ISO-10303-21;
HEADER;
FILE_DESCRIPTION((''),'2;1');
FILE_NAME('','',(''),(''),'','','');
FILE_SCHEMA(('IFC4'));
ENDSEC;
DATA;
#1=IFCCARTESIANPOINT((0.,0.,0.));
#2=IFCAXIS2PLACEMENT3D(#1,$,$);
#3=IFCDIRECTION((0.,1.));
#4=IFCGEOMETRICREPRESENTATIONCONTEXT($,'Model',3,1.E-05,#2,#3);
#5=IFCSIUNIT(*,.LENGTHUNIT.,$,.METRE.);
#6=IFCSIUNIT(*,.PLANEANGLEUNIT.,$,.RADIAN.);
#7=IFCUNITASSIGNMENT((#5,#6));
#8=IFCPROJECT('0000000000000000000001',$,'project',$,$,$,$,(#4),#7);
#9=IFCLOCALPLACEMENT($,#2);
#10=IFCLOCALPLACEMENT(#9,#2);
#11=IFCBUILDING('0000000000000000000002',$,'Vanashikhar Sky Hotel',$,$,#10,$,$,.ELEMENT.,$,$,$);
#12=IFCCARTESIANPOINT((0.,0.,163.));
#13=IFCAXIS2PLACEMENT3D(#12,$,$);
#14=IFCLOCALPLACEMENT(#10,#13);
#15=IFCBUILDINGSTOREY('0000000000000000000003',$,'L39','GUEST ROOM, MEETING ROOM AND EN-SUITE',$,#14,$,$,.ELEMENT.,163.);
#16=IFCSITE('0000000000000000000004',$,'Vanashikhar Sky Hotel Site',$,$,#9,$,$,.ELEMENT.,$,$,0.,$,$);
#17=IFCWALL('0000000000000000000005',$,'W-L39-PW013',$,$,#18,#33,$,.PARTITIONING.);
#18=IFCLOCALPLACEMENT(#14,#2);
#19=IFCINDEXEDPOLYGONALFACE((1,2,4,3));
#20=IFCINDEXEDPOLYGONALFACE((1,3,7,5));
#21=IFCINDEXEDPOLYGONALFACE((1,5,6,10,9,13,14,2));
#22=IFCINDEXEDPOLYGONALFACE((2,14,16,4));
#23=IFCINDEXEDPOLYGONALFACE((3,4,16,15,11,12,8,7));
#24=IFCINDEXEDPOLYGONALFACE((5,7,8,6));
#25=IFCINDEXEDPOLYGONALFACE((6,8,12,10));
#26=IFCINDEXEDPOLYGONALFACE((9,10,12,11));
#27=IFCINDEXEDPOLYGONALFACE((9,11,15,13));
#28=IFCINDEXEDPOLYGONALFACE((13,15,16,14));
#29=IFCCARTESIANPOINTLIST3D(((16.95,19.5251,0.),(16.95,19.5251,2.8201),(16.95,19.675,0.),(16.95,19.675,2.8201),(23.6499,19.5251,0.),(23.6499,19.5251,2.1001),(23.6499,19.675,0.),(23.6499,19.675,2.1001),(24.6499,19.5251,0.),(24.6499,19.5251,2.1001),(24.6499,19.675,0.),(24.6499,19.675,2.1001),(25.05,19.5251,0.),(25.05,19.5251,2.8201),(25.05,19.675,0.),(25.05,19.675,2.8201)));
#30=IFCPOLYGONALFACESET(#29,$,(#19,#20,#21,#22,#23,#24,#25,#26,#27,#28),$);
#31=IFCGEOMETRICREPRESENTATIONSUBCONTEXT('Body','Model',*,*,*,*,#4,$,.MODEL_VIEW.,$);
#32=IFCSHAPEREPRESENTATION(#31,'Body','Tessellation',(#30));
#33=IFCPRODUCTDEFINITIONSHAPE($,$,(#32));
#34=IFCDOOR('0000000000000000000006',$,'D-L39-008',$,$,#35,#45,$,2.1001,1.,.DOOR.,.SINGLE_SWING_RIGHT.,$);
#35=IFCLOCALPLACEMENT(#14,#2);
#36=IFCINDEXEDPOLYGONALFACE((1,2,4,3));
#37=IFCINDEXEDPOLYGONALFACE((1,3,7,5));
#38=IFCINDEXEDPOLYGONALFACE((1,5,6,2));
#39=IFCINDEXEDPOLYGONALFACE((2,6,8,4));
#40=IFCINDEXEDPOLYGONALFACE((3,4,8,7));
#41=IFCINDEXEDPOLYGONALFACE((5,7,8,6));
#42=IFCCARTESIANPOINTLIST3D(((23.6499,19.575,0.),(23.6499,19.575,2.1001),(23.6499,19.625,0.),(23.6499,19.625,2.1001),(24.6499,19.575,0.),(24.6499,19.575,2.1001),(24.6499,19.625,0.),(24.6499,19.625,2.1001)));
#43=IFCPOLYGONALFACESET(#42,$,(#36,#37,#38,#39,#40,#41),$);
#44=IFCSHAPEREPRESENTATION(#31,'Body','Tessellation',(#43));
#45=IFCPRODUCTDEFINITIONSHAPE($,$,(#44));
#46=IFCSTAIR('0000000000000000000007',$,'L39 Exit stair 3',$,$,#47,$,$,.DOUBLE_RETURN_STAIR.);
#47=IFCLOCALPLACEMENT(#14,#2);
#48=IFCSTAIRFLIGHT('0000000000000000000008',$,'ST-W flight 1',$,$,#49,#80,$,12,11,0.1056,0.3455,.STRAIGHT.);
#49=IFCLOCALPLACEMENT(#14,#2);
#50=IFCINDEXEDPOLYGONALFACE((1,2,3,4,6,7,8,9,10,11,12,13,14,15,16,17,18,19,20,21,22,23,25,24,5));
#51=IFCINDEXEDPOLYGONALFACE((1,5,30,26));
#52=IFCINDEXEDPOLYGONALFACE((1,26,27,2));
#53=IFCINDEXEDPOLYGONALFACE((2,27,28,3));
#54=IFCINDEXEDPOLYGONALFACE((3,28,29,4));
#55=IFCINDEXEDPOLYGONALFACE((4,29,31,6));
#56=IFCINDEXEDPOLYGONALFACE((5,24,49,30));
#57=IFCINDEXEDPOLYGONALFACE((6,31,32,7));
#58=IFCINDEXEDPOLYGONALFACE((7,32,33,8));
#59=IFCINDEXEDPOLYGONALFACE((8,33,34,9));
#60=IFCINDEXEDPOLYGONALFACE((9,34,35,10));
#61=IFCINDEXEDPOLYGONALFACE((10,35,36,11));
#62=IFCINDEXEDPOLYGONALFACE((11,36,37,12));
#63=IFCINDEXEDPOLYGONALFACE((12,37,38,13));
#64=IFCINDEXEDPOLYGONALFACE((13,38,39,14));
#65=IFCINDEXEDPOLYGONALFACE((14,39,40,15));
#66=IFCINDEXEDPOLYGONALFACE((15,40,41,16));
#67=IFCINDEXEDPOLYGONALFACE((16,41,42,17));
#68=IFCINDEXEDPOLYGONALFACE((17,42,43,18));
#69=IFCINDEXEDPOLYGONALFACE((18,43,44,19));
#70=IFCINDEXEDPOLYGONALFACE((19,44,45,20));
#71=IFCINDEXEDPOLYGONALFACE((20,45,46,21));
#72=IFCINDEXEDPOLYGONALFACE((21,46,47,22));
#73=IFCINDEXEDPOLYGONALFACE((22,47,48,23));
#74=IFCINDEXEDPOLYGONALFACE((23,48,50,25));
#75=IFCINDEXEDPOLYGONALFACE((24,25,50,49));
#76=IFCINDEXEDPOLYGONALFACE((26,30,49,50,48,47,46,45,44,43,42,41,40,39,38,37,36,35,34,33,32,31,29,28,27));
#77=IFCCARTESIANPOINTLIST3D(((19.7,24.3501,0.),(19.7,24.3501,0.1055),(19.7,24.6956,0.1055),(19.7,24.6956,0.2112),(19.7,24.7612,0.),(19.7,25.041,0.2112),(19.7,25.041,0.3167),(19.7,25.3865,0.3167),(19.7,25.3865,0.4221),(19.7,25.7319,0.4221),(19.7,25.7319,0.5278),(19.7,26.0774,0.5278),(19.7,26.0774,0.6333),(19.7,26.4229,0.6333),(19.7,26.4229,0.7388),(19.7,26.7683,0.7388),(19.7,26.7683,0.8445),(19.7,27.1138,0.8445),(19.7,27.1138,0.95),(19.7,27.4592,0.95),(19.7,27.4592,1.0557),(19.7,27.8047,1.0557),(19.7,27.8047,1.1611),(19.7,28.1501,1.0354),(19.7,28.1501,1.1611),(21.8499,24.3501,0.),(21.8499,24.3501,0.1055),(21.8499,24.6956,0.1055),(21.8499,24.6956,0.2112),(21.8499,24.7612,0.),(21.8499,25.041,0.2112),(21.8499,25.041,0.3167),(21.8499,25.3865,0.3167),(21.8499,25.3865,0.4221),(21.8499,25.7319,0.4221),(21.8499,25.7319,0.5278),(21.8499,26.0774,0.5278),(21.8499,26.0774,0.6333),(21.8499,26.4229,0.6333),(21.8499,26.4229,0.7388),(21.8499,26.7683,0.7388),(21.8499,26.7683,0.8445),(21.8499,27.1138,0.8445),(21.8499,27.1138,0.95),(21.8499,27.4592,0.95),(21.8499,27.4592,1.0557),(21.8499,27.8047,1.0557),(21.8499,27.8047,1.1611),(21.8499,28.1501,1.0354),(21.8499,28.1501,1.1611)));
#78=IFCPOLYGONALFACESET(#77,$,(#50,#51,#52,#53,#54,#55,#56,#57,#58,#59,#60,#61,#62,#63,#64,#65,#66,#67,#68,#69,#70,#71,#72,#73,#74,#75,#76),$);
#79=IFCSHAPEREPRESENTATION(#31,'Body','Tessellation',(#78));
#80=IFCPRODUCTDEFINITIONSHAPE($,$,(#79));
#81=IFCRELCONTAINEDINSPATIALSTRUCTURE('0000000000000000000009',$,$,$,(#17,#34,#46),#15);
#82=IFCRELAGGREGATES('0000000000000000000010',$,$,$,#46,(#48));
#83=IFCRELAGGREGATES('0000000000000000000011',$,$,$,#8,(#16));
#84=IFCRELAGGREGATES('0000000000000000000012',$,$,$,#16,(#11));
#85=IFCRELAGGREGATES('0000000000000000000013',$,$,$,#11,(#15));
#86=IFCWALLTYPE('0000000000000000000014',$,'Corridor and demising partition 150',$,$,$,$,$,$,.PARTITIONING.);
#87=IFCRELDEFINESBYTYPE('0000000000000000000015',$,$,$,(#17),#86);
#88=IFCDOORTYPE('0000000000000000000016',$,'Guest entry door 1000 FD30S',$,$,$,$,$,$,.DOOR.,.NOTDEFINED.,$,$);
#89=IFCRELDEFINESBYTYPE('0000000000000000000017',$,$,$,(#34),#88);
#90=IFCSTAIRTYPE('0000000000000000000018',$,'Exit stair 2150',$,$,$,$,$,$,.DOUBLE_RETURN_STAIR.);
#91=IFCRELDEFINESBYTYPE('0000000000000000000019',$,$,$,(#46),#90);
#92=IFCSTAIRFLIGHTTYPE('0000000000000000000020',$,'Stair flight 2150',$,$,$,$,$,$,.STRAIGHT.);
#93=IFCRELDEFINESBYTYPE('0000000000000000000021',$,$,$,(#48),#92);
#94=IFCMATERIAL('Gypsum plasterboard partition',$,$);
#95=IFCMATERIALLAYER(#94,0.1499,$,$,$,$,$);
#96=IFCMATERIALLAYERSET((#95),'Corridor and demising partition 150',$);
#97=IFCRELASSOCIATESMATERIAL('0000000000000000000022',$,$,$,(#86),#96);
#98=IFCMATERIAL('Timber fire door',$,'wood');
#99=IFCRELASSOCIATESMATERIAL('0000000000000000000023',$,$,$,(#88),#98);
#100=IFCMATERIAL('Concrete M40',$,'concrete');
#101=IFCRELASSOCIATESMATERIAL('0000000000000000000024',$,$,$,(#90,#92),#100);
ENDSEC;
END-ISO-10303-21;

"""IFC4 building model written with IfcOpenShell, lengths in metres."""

from ifc_helpers import new_model, si_unit, direction, frame, frame_2d, origin, place, context, subcontext, project, spatial, polyline, rectangle, outline, extrude, source, transform, mapped, material, layer, layer_set, type_object, element, fill, aggregate, save


model = new_model("IFC4")

# Units and contexts
model_context = context("Model", 3, precision=1e-05, world=origin(), true_north=direction((0.0, 1.0)))
body_context = subcontext(model_context, "Body", "Model", "MODEL_VIEW")
ifc_project = project(units=[si_unit("LENGTHUNIT", "METRE"), si_unit("PLANEANGLEUNIT", "RADIAN")], contexts=[model_context])

# Site, building, storey
site_placement = place(None, origin())
site = spatial("IfcSite", under=ifc_project, at=site_placement, Name="Vanashikhar Sky Hotel Site", CompositionType="ELEMENT", RefElevation=0.0)
building_placement = place(site_placement, origin())
building = spatial("IfcBuilding", under=site, at=building_placement, Name="Vanashikhar Sky Hotel", CompositionType="ELEMENT")
storey_placement = place(building_placement, frame((0.0, 0.0, 163.0)))
storey = spatial("IfcBuildingStorey", under=building, at=storey_placement, Name="L39", Description="GUEST ROOM, MEETING ROOM AND EN-SUITE", CompositionType="ELEMENT", Elevation=163.0)

# Shared definitions
ifc_material_1 = material(Name="Gypsum plasterboard partition")

# Wall, opening, door
ifc_layer_1 = layer(ifc_material_1, 0.1499)
ifc_layer_set_1 = layer_set([ifc_layer_1], Name="Corridor and demising partition 150")
wall_type_1 = type_object("IfcWallType", Name="Corridor and demising partition 150", PredefinedType="PARTITIONING", material=ifc_layer_set_1)
shared_shape_1 = source(origin(), body_context, "Body", "SweptSolid", [
    extrude(rectangle(XDim=8.1001, YDim=0.1499, at=frame_2d((4.05, 0.0))), origin(), (0.0, 0.0, 1.0), 2.8201),
])
wall_1_placement = place(storey_placement, frame((16.95, 19.6001, 0.0), z_axis=(0.0, 0.0, 1.0), x_axis=(1.0, 0.0, 0.0)))
wall_1 = element("IfcWall", 1, at=wall_1_placement, inside=storey, type_object=wall_type_1, Name="W-L39-PW013", PredefinedType="PARTITIONING", context=body_context, shape_type="MappedRepresentation", body=[
    mapped(shared_shape_1, transform((0.0, 0.0, 0.0), scale=1.0)),
])
shared_shape_2 = source(origin(), body_context, "Body", "SweptSolid", [
    extrude(rectangle(XDim=1.0, YDim=2.1001, at=frame_2d((0.5, 1.05))), frame((0.0, 0.085, 0.0), z_axis=(0.0, -1.0, 0.0), x_axis=(1.0, 0.0, 0.0)), (0.0, 0.0, 1.0), 0.1699),
])
opening_1_placement = place(wall_1_placement, frame((6.7, 0.0, 0.0)))
opening_1 = element("IfcOpeningElement", 2, at=opening_1_placement, cuts=wall_1, PredefinedType="OPENING", context=body_context, shape_type="MappedRepresentation", body=[
    mapped(shared_shape_2, transform((0.0, 0.0, 0.0), scale=1.0)),
])
ifc_material_2 = material(Name="Timber fire door", Category="wood")
door_type_1 = type_object("IfcDoorType", Name="Guest entry door 1000 FD30S", OperationType="NOTDEFINED", PredefinedType="DOOR", material=ifc_material_2)
shared_shape_3 = source(origin(), body_context, "Body", "SweptSolid", [
    extrude(rectangle(XDim=1.0, YDim=2.1001, at=frame_2d((0.5, 1.05))), frame((0.0, 0.0249, 0.0), z_axis=(0.0, -1.0, 0.0), x_axis=(1.0, 0.0, 0.0)), (0.0, 0.0, 1.0), 0.05),
])
door_1_placement = place(opening_1_placement, origin())
door_1 = element("IfcDoor", 3, at=door_1_placement, inside=storey, type_object=door_type_1, Name="D-L39-008", OperationType="SINGLE_SWING_RIGHT", OverallHeight=2.1001, OverallWidth=1.0, PredefinedType="DOOR", context=body_context, shape_type="MappedRepresentation", body=[
    mapped(shared_shape_3, transform((0.0, 0.0, 0.0), scale=1.0)),
])
fill(opening_1, door_1)

# Stair, stair flight
ifc_material_3 = material(Name="Concrete M40", Category="concrete")
stair_type = type_object("IfcStairType", Name="Exit stair 2150", PredefinedType="DOUBLE_RETURN_STAIR", material=ifc_material_3)
stair_placement = place(storey_placement, origin())
stair = element("IfcStair", 4, at=stair_placement, inside=storey, type_object=stair_type, Name="L39 Exit stair 3", PredefinedType="DOUBLE_RETURN_STAIR")
stair_flight_type = type_object("IfcStairFlightType", Name="Stair flight 2150", PredefinedType="STRAIGHT", material=ifc_material_3)
shared_shape_4 = source(origin(), body_context, "Body", "SweptSolid", [
    extrude(outline(polyline([(0.0, 0.0), (0.0, 0.1055), (0.3455, 0.1055), (0.3455, 0.2112), (0.6909, 0.2112), (0.6909, 0.3167), (1.0364, 0.3167), (1.0364, 0.4221), (1.3818, 0.4221), (1.3818, 0.5278), (1.7273, 0.5278), (1.7273, 0.6333), (2.0728, 0.6333), (2.0728, 0.7388), (2.4182, 0.7388), (2.4182, 0.8445), (2.7637, 0.8445), (2.7637, 0.95), (3.1091, 0.95), (3.1091, 1.0557), (3.4546, 1.0557), (3.4546, 1.1611), (3.8, 1.1611), (3.8, 1.2666), (3.8, 1.0354), (0.4111, 0.0), (0.0, 0.0)])), frame((0.0, 1.075, 0.0), z_axis=(0.0, -1.0, 0.0), x_axis=(1.0, 0.0, 0.0)), (0.0, 0.0, 1.0), 2.1499),
])
stair_flight_placement = place(storey_placement, frame((20.7749, 24.3501, 0.0), z_axis=(0.0, 0.0, 1.0), x_axis=(0.0, 1.0, 0.0)))
stair_flight = element("IfcStairFlight", 5, at=stair_flight_placement, type_object=stair_flight_type, Name="ST-W flight 1", NumberOfRisers=12, NumberOfTreads=11, PredefinedType="STRAIGHT", RiserHeight=0.1056, TreadLength=0.3455, context=body_context, shape_type="MappedRepresentation", body=[
    mapped(shared_shape_4, transform((0.0, 0.0, 0.0), scale=1.0)),
])
aggregate(stair, [stair_flight])

save(model, "model.ifc")
